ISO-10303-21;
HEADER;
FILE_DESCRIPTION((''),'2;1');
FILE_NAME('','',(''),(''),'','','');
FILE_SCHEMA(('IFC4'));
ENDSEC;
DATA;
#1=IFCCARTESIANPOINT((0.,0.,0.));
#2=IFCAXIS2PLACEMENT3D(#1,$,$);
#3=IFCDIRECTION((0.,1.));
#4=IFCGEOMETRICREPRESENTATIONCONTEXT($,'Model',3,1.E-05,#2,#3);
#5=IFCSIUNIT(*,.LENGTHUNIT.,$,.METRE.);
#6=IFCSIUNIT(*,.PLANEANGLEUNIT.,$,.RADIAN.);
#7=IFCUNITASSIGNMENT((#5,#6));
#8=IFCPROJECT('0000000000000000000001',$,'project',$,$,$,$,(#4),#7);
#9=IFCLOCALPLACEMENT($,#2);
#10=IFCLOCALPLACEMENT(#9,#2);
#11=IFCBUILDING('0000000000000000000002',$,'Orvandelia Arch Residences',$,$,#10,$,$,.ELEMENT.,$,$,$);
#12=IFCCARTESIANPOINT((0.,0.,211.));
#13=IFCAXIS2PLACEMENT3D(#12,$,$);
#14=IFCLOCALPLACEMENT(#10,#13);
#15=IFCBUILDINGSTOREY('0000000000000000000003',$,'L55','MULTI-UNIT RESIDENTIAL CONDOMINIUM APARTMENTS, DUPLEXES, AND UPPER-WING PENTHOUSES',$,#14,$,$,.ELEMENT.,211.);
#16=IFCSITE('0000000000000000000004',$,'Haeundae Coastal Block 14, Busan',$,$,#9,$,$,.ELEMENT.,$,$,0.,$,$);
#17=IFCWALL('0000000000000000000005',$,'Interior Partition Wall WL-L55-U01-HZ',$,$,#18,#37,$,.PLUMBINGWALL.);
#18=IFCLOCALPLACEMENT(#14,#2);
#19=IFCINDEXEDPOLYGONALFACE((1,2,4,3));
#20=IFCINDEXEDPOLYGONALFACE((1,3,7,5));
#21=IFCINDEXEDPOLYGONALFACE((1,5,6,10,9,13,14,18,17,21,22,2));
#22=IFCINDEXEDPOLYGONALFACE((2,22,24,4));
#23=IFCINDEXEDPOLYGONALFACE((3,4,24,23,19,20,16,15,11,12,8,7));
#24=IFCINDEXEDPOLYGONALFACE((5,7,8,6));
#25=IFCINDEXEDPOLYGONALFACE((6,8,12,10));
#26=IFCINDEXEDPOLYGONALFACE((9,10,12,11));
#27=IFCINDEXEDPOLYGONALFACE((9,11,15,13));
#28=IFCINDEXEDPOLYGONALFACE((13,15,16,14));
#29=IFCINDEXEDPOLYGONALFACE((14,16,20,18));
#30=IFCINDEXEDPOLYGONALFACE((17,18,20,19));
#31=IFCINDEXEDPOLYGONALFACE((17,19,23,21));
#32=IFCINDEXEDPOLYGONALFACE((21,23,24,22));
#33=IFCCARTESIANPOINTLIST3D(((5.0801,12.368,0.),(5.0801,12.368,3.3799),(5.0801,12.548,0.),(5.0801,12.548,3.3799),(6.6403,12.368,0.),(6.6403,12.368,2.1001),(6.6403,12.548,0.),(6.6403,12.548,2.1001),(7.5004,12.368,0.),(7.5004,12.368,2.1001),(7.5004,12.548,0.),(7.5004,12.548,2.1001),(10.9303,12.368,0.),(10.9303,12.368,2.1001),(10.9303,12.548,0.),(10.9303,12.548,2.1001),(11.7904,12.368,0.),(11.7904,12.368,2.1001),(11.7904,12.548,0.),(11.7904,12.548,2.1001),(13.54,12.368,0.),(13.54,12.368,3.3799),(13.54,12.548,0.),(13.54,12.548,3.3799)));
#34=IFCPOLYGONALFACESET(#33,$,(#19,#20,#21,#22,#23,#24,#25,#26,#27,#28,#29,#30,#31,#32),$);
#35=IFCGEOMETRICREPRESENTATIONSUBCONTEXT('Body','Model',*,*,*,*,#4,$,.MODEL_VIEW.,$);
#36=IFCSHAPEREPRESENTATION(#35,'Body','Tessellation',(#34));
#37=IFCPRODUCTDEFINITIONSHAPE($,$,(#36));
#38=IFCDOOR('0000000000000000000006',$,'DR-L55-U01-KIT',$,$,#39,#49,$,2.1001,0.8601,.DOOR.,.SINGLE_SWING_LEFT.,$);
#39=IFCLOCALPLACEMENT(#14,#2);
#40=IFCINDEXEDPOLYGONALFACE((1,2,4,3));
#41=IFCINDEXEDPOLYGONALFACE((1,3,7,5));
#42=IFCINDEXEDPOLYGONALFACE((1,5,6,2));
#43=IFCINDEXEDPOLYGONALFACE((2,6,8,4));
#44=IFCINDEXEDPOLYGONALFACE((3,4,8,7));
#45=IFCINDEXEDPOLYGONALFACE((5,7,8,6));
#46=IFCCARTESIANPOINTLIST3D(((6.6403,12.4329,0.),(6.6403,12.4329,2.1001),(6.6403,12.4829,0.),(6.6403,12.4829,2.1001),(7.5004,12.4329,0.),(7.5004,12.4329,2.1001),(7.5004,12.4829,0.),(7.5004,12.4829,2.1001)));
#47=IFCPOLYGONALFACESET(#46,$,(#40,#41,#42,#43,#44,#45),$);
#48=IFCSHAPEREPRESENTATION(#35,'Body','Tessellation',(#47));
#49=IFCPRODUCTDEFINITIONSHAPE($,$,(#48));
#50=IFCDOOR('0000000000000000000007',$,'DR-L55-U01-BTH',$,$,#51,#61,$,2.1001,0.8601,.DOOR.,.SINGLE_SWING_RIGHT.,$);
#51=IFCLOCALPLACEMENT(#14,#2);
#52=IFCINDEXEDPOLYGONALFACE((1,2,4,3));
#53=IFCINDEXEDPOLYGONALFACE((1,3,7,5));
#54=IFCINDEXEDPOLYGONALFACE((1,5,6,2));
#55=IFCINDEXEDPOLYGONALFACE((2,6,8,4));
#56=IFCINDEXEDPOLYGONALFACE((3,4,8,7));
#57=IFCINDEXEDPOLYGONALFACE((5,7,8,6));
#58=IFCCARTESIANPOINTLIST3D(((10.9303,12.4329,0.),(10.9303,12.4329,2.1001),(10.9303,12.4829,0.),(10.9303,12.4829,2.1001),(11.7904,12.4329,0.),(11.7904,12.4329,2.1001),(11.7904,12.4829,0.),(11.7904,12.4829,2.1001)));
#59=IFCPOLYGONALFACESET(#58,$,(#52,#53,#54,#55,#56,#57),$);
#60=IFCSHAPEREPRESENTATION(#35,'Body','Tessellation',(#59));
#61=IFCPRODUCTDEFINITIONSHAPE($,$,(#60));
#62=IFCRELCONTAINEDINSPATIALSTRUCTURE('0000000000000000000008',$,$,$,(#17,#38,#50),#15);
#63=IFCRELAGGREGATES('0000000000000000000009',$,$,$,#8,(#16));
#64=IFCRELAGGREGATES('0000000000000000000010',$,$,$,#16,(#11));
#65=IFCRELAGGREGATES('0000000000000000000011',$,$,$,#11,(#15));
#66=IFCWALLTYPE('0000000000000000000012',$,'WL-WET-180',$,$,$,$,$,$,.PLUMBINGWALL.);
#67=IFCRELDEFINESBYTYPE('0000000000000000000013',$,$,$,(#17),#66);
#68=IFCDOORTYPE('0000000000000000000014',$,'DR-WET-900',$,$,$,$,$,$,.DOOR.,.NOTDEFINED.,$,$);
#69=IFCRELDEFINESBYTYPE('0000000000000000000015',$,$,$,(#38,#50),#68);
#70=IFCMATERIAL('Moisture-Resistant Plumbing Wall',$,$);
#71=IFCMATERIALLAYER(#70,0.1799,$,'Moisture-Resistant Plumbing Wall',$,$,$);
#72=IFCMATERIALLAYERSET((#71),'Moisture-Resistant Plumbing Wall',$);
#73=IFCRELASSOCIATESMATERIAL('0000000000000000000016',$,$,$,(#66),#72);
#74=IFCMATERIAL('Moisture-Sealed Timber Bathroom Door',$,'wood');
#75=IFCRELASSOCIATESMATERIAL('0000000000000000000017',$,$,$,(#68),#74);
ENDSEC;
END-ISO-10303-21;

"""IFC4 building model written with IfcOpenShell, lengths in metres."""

from ifc_helpers import new_model, si_unit, direction, frame, frame_2d, origin, place, context, subcontext, project, spatial, rectangle, extrude, material, layer, layer_set, type_object, element, fill, save


model = new_model("IFC4")

# Units and contexts
model_context = context("Model", 3, precision=1e-05, world=origin(), true_north=direction((0.0, 1.0)))
body_context = subcontext(model_context, "Body", "Model", "MODEL_VIEW")
ifc_project = project(units=[si_unit("LENGTHUNIT", "METRE"), si_unit("PLANEANGLEUNIT", "RADIAN")], contexts=[model_context])

# Site, building, storey
site_placement = place(None, origin())
site = spatial("IfcSite", under=ifc_project, at=site_placement, Name="Haeundae Coastal Block 14, Busan", CompositionType="ELEMENT", RefElevation=0.0)
building_placement = place(site_placement, origin())
building = spatial("IfcBuilding", under=site, at=building_placement, Name="Orvandelia Arch Residences", CompositionType="ELEMENT")
storey_placement = place(building_placement, frame((0.0, 0.0, 211.0)))
storey = spatial("IfcBuildingStorey", under=building, at=storey_placement, Name="L55", Description="MULTI-UNIT RESIDENTIAL CONDOMINIUM APARTMENTS, DUPLEXES, AND UPPER-WING PENTHOUSES", CompositionType="ELEMENT", Elevation=211.0)

# Wall, openings, doors
ifc_material_1 = material(Name="Moisture-Resistant Plumbing Wall")
ifc_layer_1 = layer(ifc_material_1, 0.1799, Name="Moisture-Resistant Plumbing Wall")
ifc_layer_set_1 = layer_set([ifc_layer_1], Name="Moisture-Resistant Plumbing Wall")
wall_type_1 = type_object("IfcWallType", Name="WL-WET-180", PredefinedType="PLUMBINGWALL", material=ifc_layer_set_1)
wall_1_placement = place(storey_placement, frame((5.0801, 12.458, 0.0), z_axis=(0.0, 0.0, 1.0), x_axis=(1.0, 0.0, 0.0)))
wall_1 = element("IfcWall", 1, at=wall_1_placement, inside=storey, type_object=wall_type_1, Name="Interior Partition Wall WL-L55-U01-HZ", PredefinedType="PLUMBINGWALL", context=body_context, shape_type="SweptSolid", body=[
    extrude(rectangle(XDim=8.46, YDim=0.1799, at=frame_2d((4.23, 0.0))), origin(), (0.0, 0.0, 1.0), 3.3799),
])
opening_1_placement = place(wall_1_placement, frame((1.5601, 0.0, 0.0)))
opening_1 = element("IfcOpeningElement", 2, at=opening_1_placement, cuts=wall_1, PredefinedType="OPENING", context=body_context, shape_type="SweptSolid", body=[
    extrude(rectangle(XDim=0.8601, YDim=2.1001, at=frame_2d((0.4302, 1.05))), frame((0.0, 0.1001, 0.0), z_axis=(0.0, -1.0, 0.0), x_axis=(1.0, 0.0, 0.0)), (0.0, 0.0, 1.0), 0.2),
])
opening_2_placement = place(wall_1_placement, frame((5.8501, 0.0, 0.0)))
opening_2 = element("IfcOpeningElement", 3, at=opening_2_placement, cuts=wall_1, PredefinedType="OPENING", context=body_context, shape_type="SweptSolid", body=[
    extrude(rectangle(XDim=0.8601, YDim=2.1001, at=frame_2d((0.4302, 1.05))), frame((0.0, 0.1001, 0.0), z_axis=(0.0, -1.0, 0.0), x_axis=(1.0, 0.0, 0.0)), (0.0, 0.0, 1.0), 0.2),
])
ifc_material_2 = material(Name="Moisture-Sealed Timber Bathroom Door", Category="wood")
door_type_1 = type_object("IfcDoorType", Name="DR-WET-900", OperationType="NOTDEFINED", PredefinedType="DOOR", material=ifc_material_2)
door_1_placement = place(opening_1_placement, origin())
door_1 = element("IfcDoor", 4, at=door_1_placement, inside=storey, type_object=door_type_1, Name="DR-L55-U01-KIT", OperationType="SINGLE_SWING_LEFT", OverallHeight=2.1001, OverallWidth=0.8601, PredefinedType="DOOR", context=body_context, shape_type="SweptSolid", body=[
    extrude(rectangle(XDim=0.8601, YDim=2.1001, at=frame_2d((0.4302, 1.05))), frame((0.0, 0.0249, 0.0), z_axis=(0.0, -1.0, 0.0), x_axis=(1.0, 0.0, 0.0)), (0.0, 0.0, 1.0), 0.05),
])
fill(opening_1, door_1)
door_2_placement = place(opening_2_placement, origin())
door_2 = element("IfcDoor", 5, at=door_2_placement, inside=storey, type_object=door_type_1, Name="DR-L55-U01-BTH", OperationType="SINGLE_SWING_RIGHT", OverallHeight=2.1001, OverallWidth=0.8601, PredefinedType="DOOR", context=body_context, shape_type="SweptSolid", body=[
    extrude(rectangle(XDim=0.8601, YDim=2.1001, at=frame_2d((0.4302, 1.05))), frame((0.0, 0.0249, 0.0), z_axis=(0.0, -1.0, 0.0), x_axis=(1.0, 0.0, 0.0)), (0.0, 0.0, 1.0), 0.05),
])
fill(opening_2, door_2)

save(model, "model.ifc")
